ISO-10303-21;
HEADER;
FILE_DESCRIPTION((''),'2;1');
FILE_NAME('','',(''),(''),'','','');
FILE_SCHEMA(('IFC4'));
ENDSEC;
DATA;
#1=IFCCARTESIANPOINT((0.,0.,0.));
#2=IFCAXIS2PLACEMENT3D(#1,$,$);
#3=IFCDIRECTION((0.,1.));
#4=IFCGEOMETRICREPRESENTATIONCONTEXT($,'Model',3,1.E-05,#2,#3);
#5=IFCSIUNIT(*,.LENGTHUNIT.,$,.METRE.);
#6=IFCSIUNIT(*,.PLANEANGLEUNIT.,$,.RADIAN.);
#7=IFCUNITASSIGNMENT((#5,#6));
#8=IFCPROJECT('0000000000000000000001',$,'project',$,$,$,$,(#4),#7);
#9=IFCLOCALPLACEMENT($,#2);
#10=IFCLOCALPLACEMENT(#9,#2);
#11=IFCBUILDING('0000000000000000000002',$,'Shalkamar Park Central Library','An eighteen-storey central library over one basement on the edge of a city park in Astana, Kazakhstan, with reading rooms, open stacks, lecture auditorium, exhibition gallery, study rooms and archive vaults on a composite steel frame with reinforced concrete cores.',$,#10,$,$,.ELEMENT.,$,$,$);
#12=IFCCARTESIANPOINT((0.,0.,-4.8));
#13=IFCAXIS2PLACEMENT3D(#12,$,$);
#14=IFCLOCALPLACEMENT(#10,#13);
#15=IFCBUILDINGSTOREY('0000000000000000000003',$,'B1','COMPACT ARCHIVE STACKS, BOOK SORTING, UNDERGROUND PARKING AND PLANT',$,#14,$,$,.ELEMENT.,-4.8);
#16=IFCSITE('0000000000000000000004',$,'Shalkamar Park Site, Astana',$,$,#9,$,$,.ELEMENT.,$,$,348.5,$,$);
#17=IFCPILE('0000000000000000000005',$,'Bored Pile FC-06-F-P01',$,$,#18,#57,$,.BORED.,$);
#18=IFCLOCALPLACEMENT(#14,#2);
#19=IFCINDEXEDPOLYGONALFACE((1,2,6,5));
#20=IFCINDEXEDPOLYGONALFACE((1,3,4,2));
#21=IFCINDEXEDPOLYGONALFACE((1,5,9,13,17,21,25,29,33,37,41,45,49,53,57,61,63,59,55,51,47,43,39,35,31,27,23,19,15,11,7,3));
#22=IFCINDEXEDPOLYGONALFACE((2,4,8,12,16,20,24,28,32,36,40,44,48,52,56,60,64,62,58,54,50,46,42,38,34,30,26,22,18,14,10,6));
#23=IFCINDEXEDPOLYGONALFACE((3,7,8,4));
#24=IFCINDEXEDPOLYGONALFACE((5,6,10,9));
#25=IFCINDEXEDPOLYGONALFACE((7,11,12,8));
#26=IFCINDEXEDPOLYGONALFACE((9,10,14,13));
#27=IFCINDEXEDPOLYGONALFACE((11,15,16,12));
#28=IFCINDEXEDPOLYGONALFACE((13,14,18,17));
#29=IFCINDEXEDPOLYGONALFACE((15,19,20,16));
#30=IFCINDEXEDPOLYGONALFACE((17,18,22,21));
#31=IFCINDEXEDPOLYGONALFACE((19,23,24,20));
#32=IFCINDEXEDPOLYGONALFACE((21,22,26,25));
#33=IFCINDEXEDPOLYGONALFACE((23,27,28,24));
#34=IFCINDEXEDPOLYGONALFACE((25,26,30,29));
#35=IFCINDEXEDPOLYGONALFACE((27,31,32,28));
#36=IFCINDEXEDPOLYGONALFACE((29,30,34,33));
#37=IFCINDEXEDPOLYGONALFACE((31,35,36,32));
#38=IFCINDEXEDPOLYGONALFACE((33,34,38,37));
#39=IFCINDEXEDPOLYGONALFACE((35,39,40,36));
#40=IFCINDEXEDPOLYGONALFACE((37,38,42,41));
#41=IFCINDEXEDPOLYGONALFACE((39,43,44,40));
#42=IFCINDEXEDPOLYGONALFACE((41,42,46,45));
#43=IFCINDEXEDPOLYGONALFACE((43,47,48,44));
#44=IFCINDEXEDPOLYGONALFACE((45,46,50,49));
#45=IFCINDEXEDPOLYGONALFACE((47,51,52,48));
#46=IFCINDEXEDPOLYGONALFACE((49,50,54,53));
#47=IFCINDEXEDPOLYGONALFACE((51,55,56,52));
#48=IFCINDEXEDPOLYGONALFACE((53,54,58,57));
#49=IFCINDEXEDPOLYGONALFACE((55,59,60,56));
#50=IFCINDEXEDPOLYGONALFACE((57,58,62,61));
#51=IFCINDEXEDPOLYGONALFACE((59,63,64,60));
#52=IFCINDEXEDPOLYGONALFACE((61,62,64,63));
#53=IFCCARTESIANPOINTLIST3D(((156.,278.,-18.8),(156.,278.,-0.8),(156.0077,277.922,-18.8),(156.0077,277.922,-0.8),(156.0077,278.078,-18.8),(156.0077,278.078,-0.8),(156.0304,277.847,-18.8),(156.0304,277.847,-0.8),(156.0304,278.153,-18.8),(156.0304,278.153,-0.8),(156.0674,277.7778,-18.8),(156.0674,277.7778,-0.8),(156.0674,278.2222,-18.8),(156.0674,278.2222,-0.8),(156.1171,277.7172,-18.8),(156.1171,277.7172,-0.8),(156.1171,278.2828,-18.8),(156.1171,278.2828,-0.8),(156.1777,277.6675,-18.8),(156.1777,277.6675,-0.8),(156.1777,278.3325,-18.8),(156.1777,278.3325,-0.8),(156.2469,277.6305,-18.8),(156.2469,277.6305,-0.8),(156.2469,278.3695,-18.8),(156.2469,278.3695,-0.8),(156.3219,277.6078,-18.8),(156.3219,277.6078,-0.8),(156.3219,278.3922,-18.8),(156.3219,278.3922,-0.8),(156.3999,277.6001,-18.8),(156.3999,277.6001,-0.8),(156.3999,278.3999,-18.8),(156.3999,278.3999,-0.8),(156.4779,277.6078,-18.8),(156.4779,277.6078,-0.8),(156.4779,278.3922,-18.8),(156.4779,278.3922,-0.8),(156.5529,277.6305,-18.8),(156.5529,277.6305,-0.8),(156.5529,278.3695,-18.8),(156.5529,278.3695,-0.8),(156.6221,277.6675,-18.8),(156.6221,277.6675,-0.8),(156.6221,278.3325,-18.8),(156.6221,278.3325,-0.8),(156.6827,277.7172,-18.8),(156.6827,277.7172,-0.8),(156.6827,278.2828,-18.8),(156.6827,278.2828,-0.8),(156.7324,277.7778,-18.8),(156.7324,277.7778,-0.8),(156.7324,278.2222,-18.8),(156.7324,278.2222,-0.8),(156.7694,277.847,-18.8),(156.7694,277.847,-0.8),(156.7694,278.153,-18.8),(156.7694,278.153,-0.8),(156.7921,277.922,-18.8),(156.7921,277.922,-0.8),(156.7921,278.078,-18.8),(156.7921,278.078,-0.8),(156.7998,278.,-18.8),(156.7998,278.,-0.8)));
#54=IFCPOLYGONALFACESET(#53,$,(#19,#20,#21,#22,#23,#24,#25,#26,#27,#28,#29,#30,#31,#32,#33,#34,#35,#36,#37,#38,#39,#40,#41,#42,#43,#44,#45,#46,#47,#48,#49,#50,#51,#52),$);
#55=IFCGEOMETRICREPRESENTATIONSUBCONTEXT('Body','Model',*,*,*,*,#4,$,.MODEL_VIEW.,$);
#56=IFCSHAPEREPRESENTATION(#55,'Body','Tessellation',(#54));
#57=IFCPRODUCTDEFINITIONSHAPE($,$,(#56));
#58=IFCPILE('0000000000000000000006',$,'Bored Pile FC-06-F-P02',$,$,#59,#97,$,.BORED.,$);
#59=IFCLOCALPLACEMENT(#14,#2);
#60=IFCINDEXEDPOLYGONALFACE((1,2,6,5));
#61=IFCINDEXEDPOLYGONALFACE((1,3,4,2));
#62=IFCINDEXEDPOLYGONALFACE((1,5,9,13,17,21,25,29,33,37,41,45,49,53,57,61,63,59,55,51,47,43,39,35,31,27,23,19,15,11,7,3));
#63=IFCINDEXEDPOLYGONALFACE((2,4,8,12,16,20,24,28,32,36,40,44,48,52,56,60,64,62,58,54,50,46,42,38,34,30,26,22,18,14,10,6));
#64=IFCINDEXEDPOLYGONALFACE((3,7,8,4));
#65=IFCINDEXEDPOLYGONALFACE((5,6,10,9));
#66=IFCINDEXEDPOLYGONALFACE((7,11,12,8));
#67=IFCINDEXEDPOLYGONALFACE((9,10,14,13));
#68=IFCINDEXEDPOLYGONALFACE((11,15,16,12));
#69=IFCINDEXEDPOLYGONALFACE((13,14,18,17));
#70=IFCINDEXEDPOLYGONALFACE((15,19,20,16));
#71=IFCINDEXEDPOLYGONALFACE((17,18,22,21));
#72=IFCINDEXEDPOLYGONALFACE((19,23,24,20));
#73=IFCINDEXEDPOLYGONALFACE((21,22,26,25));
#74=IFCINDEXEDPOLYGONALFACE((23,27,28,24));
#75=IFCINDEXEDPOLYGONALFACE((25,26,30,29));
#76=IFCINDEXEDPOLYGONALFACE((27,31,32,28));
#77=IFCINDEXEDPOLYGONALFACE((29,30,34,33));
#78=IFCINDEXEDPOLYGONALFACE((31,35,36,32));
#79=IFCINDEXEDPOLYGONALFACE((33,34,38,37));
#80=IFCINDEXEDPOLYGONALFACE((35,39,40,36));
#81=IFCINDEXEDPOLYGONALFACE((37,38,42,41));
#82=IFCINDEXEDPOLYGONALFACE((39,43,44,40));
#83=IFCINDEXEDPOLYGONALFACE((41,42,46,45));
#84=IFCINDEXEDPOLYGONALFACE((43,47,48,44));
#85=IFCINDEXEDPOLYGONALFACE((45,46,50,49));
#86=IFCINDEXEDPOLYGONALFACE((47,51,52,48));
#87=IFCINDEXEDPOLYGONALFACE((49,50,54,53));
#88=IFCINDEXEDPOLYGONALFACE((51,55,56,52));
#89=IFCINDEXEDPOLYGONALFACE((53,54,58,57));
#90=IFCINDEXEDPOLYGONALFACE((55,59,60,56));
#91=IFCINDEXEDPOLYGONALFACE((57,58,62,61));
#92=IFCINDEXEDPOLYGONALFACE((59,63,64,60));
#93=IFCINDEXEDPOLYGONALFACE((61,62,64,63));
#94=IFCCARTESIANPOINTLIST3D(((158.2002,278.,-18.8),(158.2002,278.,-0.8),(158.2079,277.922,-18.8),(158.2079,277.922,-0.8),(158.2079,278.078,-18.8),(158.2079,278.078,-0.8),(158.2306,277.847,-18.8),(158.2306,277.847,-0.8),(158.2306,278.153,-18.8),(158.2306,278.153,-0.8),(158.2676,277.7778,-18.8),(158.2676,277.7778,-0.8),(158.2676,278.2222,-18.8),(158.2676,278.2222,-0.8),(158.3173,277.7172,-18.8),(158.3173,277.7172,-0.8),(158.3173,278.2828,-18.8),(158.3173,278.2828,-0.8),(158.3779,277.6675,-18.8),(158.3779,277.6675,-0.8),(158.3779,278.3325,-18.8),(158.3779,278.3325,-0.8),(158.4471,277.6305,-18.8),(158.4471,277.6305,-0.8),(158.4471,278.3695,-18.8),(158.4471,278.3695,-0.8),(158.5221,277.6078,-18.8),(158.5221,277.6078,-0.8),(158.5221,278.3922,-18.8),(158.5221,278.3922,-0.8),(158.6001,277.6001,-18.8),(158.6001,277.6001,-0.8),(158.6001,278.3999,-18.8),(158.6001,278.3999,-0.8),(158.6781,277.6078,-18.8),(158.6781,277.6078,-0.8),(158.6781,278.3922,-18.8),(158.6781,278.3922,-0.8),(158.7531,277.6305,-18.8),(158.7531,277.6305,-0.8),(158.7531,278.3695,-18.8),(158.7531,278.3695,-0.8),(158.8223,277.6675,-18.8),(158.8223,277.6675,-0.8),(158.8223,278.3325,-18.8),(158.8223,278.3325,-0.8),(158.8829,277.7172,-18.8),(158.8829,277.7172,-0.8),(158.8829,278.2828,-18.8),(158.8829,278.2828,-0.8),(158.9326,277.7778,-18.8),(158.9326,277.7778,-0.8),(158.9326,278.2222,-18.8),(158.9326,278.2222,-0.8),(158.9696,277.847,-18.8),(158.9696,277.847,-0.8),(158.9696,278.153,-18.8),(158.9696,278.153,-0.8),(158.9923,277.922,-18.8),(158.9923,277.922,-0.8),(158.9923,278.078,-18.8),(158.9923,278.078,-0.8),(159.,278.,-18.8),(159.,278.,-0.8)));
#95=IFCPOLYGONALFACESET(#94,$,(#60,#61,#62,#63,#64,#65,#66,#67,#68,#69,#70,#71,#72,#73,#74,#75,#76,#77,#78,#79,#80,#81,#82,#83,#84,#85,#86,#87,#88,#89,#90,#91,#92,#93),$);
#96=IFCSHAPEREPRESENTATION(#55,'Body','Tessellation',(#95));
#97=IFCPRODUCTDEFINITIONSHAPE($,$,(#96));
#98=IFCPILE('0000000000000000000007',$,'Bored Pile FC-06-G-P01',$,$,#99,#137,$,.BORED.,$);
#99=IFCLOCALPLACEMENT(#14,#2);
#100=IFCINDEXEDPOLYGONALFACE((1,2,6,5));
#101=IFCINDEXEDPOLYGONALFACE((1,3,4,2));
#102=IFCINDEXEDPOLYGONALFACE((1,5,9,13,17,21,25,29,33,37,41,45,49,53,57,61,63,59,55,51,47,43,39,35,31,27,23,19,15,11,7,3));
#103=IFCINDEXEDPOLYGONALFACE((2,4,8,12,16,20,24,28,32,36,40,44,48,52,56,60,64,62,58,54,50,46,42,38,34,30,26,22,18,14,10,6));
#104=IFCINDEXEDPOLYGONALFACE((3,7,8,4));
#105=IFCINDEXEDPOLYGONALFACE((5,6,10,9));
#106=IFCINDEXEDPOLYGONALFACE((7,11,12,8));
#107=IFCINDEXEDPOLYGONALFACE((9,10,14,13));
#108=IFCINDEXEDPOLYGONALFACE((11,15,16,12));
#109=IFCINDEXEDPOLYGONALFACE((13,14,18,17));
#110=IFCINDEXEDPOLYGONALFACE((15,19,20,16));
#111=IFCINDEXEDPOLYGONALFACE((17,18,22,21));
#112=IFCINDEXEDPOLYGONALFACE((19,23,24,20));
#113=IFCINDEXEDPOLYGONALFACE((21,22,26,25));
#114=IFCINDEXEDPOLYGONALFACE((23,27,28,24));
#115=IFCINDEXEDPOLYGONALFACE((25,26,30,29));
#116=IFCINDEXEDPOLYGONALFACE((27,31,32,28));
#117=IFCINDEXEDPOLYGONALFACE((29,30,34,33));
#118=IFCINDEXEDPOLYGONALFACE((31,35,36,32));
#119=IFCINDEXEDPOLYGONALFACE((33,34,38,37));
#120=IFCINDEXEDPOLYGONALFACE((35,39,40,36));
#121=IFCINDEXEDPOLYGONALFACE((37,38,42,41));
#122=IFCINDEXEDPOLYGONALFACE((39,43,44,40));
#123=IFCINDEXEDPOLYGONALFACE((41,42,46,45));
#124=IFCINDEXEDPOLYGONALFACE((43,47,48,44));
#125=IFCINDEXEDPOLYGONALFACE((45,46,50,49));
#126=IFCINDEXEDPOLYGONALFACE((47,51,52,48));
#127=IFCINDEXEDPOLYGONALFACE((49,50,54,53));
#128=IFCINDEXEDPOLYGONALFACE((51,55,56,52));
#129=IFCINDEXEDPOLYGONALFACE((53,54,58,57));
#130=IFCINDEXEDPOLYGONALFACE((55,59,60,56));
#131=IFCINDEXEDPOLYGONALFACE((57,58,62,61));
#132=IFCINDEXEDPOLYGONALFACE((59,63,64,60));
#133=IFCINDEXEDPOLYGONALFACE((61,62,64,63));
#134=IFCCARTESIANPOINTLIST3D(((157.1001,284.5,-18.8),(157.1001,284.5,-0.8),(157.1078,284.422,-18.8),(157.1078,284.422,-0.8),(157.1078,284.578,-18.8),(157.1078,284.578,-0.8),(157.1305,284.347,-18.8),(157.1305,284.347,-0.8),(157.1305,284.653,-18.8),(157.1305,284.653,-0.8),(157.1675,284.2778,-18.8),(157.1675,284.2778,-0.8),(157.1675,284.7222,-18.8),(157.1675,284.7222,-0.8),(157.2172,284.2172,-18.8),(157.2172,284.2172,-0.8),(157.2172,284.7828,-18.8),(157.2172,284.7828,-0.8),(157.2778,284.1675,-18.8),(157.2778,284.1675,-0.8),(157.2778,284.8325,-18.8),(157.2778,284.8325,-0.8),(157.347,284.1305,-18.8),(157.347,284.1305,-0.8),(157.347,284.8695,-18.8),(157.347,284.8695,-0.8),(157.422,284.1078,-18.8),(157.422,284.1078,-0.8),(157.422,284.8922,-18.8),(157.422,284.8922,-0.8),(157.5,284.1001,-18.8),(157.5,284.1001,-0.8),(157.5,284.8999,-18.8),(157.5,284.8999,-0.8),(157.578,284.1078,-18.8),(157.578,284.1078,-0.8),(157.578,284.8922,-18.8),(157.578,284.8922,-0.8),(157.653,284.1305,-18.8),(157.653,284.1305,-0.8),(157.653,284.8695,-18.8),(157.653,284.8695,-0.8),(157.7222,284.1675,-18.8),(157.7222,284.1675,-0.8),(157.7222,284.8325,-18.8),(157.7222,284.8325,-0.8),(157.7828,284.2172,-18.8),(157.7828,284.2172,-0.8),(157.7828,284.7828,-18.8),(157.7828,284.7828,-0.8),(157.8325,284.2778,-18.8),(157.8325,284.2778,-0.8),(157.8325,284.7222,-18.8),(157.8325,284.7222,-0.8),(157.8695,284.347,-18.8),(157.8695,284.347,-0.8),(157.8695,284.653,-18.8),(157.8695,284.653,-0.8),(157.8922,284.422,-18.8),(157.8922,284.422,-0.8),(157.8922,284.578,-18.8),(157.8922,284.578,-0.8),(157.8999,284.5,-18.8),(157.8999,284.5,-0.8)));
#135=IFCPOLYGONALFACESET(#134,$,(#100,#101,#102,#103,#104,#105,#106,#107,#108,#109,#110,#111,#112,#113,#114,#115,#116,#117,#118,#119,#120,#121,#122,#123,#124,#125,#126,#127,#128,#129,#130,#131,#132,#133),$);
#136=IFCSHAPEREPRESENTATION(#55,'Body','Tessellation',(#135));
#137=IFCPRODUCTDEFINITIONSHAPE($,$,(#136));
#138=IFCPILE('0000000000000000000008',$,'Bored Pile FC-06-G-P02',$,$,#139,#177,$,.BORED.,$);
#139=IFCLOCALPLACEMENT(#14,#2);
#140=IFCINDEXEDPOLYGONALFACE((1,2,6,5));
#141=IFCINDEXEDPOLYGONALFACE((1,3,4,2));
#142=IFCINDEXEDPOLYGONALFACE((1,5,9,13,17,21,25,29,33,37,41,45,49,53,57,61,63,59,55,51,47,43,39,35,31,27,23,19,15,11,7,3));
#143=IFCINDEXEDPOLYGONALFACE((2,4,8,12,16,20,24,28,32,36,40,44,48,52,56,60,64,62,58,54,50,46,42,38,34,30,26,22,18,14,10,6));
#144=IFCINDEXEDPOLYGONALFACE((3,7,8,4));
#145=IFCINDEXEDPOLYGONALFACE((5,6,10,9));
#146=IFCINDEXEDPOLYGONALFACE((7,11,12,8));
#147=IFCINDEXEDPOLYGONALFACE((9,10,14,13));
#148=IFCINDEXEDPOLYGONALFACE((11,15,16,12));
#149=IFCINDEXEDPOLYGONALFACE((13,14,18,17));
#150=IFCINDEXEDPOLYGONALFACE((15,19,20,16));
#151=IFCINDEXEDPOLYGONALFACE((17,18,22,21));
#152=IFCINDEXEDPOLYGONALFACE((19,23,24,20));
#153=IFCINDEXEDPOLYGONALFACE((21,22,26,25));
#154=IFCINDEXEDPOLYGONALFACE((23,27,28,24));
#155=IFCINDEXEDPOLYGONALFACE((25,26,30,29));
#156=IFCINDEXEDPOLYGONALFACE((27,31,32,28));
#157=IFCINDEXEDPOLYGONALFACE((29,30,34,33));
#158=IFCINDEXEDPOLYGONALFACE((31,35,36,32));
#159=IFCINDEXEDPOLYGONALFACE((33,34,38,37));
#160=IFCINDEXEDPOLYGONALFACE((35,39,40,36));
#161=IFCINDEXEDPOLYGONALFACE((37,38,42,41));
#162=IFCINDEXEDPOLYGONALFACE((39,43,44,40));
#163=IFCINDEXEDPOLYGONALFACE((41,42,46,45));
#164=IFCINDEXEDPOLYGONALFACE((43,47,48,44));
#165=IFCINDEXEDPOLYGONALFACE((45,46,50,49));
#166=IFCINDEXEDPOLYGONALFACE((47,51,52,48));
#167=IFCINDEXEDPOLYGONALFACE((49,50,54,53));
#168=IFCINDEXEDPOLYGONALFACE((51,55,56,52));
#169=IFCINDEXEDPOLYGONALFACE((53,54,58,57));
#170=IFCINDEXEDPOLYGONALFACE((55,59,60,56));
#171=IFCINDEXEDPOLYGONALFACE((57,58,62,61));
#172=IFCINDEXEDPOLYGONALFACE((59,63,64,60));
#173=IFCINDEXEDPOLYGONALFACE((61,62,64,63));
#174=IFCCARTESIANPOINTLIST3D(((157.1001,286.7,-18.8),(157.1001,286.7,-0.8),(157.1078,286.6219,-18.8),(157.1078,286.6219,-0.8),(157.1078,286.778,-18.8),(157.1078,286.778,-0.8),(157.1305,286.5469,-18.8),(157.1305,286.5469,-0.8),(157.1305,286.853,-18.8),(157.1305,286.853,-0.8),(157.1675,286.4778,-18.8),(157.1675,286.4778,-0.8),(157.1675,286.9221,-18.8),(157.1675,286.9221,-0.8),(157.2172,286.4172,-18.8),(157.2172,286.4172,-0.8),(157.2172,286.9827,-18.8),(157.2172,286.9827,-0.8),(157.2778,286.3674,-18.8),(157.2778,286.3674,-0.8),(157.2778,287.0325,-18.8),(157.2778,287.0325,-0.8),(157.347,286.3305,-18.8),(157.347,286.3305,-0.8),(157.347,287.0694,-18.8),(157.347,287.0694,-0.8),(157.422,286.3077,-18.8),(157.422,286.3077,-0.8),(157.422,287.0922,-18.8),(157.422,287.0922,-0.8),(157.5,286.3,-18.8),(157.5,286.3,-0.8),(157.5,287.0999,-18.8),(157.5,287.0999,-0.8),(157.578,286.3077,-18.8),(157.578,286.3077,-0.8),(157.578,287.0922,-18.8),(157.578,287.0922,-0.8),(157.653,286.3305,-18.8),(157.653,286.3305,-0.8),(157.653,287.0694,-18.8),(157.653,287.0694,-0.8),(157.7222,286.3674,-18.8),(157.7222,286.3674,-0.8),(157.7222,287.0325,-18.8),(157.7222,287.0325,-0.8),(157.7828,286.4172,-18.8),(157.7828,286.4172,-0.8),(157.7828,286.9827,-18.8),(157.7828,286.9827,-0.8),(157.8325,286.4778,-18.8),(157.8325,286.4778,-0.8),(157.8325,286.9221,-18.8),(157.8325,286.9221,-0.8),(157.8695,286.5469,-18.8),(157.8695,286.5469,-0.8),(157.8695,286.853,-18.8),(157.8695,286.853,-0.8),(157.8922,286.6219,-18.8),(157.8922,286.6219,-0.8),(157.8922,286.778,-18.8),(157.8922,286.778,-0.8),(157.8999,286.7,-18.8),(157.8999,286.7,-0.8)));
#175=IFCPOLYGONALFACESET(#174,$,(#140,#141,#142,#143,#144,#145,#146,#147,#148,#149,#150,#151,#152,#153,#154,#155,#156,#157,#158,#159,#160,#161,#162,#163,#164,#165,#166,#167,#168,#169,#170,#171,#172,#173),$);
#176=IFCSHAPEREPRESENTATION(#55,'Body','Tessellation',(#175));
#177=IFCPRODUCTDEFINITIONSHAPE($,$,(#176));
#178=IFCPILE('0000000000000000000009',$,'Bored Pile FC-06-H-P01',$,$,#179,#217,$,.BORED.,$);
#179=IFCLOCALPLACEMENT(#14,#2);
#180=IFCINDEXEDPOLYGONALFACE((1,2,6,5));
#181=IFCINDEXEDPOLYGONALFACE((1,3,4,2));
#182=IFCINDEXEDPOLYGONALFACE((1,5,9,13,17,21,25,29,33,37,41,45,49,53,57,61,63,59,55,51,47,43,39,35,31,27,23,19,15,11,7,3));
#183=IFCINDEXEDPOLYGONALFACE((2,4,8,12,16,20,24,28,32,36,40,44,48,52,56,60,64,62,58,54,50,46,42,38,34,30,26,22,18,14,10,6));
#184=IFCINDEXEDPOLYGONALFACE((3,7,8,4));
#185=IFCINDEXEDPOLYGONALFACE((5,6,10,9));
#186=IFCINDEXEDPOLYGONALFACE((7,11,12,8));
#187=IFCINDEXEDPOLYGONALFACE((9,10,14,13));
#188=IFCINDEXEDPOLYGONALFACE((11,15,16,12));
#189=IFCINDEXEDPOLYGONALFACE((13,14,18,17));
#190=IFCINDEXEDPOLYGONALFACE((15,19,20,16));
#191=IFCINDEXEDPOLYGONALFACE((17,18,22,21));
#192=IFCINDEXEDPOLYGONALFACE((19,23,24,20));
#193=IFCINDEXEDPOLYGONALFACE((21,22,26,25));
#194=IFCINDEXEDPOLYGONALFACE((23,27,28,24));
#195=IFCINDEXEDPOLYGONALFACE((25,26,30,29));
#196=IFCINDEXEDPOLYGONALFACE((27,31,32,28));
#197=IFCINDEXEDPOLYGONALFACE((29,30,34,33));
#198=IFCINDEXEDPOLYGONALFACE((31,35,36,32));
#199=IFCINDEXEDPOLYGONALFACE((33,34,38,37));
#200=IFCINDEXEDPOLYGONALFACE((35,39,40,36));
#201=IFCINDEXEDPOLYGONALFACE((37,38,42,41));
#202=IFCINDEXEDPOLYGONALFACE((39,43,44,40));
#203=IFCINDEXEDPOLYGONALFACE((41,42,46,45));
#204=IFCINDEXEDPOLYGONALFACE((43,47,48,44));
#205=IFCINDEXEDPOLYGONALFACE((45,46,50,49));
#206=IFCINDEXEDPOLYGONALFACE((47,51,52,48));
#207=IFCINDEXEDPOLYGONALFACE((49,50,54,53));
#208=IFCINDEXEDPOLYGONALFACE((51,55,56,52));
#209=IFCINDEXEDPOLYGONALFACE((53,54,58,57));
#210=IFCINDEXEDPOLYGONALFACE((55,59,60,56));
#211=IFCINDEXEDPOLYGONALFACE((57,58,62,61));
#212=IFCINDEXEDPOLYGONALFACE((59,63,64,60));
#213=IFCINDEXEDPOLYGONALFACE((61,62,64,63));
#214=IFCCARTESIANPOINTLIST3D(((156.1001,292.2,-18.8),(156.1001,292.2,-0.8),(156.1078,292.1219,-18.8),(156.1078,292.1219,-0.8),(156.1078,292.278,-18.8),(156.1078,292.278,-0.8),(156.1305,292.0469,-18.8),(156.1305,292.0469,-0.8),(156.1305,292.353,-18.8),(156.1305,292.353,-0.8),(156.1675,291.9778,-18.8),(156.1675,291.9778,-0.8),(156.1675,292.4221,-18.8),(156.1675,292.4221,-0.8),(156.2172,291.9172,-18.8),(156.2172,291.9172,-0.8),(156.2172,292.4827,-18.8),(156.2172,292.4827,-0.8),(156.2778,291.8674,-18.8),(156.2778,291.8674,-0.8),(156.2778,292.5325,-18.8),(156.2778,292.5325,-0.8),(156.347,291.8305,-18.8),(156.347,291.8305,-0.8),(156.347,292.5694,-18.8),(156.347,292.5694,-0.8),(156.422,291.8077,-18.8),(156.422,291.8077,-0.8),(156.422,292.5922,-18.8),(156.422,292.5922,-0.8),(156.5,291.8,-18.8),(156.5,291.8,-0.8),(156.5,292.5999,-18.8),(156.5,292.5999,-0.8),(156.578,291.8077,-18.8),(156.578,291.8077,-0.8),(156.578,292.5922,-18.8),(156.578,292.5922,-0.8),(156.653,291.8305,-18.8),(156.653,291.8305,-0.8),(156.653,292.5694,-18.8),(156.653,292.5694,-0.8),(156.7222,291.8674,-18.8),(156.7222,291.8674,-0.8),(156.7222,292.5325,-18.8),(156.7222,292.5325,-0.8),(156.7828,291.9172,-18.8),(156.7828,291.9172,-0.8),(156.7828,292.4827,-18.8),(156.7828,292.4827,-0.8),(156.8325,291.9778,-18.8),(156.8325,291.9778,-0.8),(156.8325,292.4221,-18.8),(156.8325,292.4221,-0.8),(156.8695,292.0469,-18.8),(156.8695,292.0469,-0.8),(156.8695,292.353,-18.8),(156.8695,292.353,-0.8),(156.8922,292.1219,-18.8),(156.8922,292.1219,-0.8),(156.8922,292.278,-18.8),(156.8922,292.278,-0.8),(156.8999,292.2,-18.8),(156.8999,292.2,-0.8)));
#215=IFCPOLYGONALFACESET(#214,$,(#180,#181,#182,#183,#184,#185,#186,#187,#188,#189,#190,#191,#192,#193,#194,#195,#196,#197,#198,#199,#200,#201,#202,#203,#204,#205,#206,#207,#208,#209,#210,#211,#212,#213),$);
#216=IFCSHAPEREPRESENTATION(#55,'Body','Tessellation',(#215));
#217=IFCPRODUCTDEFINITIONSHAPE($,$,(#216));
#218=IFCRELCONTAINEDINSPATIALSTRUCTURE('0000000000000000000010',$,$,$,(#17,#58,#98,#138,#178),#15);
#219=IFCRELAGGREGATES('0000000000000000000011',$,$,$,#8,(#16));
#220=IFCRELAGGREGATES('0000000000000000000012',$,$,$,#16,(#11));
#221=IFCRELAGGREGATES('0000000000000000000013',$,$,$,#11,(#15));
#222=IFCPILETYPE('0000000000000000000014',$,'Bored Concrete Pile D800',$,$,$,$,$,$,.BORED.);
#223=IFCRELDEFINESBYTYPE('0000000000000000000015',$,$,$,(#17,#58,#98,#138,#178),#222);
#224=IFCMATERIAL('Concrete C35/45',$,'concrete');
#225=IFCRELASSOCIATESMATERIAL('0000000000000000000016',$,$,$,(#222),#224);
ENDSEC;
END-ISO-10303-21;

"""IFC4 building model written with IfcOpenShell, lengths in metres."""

from ifc_helpers import new_model, si_unit, direction, frame, origin, origin_2d, place, context, subcontext, project, spatial, circle, extrude, material, material_profile, profile_set, type_object, element, save


model = new_model("IFC4")

# Units and contexts
model_context = context("Model", 3, precision=1e-05, world=origin(), true_north=direction((0.0, 1.0)))
body_context = subcontext(model_context, "Body", "Model", "MODEL_VIEW")
ifc_project = project(units=[si_unit("LENGTHUNIT", "METRE"), si_unit("PLANEANGLEUNIT", "RADIAN")], contexts=[model_context])

# Site, building, storey
site_placement = place(None, origin())
site = spatial("IfcSite", under=ifc_project, at=site_placement, Name="Shalkamar Park Site, Astana", CompositionType="ELEMENT", RefElevation=348.5)
building_placement = place(site_placement, origin())
building = spatial("IfcBuilding", under=site, at=building_placement, Name="Shalkamar Park Central Library", Description="An eighteen-storey central library over one basement on the edge of a city park in Astana, Kazakhstan, with reading rooms, open stacks, lecture auditorium, exhibition gallery, study rooms and archive vaults on a composite steel frame with reinforced concrete cores.", CompositionType="ELEMENT")
storey_placement = place(building_placement, frame((0.0, 0.0, -4.8)))
storey = spatial("IfcBuildingStorey", under=building, at=storey_placement, Name="B1", Description="COMPACT ARCHIVE STACKS, BOOK SORTING, UNDERGROUND PARKING AND PLANT", CompositionType="ELEMENT", Elevation=-4.8)

# Piles
ifc_material_1 = material(Name="Concrete C35/45", Category="concrete")
ifc_material_profile_1 = material_profile(ifc_material_1, circle(Radius=0.3999, at=origin_2d()), Name="PILE D800")
ifc_profile_set_1 = profile_set([ifc_material_profile_1], Name="Concrete C35/45")
pile_type_1 = type_object("IfcPileType", Name="Bored Concrete Pile D800", PredefinedType="BORED", material=ifc_profile_set_1)
for number, where, z_axis, x_axis, name in (
    (1, (156.3999, 278.0, -0.8), (0.0, 0.0, -1.0), (1.0, 0.0, 0.0), "Bored Pile FC-06-F-P01"),
    (2, (158.6001, 278.0, -0.8), (0.0, 0.0, -1.0), (1.0, 0.0, 0.0), "Bored Pile FC-06-F-P02"),
    (3, (157.5, 284.5, -0.8), (0.0, 0.0, -1.0), (1.0, 0.0, 0.0), "Bored Pile FC-06-G-P01"),
    (4, (157.5, 286.7, -0.8), (0.0, 0.0, -1.0), (1.0, 0.0, 0.0), "Bored Pile FC-06-G-P02"),
    (5, (156.5, 292.2, -0.8), (0.0, 0.0, -1.0), (1.0, 0.0, 0.0), "Bored Pile FC-06-H-P01"),
):
    element("IfcPile", number, at=place(storey_placement, frame(where, z_axis=z_axis, x_axis=x_axis)), inside=storey, type_object=pile_type_1, Name=name, PredefinedType="BORED", context=body_context, shape_type="SweptSolid", body=[
        extrude(circle(Radius=0.3999, at=origin_2d()), origin(), (0.0, 0.0, 1.0), 18.0),
    ])

save(model, "model.ifc")
